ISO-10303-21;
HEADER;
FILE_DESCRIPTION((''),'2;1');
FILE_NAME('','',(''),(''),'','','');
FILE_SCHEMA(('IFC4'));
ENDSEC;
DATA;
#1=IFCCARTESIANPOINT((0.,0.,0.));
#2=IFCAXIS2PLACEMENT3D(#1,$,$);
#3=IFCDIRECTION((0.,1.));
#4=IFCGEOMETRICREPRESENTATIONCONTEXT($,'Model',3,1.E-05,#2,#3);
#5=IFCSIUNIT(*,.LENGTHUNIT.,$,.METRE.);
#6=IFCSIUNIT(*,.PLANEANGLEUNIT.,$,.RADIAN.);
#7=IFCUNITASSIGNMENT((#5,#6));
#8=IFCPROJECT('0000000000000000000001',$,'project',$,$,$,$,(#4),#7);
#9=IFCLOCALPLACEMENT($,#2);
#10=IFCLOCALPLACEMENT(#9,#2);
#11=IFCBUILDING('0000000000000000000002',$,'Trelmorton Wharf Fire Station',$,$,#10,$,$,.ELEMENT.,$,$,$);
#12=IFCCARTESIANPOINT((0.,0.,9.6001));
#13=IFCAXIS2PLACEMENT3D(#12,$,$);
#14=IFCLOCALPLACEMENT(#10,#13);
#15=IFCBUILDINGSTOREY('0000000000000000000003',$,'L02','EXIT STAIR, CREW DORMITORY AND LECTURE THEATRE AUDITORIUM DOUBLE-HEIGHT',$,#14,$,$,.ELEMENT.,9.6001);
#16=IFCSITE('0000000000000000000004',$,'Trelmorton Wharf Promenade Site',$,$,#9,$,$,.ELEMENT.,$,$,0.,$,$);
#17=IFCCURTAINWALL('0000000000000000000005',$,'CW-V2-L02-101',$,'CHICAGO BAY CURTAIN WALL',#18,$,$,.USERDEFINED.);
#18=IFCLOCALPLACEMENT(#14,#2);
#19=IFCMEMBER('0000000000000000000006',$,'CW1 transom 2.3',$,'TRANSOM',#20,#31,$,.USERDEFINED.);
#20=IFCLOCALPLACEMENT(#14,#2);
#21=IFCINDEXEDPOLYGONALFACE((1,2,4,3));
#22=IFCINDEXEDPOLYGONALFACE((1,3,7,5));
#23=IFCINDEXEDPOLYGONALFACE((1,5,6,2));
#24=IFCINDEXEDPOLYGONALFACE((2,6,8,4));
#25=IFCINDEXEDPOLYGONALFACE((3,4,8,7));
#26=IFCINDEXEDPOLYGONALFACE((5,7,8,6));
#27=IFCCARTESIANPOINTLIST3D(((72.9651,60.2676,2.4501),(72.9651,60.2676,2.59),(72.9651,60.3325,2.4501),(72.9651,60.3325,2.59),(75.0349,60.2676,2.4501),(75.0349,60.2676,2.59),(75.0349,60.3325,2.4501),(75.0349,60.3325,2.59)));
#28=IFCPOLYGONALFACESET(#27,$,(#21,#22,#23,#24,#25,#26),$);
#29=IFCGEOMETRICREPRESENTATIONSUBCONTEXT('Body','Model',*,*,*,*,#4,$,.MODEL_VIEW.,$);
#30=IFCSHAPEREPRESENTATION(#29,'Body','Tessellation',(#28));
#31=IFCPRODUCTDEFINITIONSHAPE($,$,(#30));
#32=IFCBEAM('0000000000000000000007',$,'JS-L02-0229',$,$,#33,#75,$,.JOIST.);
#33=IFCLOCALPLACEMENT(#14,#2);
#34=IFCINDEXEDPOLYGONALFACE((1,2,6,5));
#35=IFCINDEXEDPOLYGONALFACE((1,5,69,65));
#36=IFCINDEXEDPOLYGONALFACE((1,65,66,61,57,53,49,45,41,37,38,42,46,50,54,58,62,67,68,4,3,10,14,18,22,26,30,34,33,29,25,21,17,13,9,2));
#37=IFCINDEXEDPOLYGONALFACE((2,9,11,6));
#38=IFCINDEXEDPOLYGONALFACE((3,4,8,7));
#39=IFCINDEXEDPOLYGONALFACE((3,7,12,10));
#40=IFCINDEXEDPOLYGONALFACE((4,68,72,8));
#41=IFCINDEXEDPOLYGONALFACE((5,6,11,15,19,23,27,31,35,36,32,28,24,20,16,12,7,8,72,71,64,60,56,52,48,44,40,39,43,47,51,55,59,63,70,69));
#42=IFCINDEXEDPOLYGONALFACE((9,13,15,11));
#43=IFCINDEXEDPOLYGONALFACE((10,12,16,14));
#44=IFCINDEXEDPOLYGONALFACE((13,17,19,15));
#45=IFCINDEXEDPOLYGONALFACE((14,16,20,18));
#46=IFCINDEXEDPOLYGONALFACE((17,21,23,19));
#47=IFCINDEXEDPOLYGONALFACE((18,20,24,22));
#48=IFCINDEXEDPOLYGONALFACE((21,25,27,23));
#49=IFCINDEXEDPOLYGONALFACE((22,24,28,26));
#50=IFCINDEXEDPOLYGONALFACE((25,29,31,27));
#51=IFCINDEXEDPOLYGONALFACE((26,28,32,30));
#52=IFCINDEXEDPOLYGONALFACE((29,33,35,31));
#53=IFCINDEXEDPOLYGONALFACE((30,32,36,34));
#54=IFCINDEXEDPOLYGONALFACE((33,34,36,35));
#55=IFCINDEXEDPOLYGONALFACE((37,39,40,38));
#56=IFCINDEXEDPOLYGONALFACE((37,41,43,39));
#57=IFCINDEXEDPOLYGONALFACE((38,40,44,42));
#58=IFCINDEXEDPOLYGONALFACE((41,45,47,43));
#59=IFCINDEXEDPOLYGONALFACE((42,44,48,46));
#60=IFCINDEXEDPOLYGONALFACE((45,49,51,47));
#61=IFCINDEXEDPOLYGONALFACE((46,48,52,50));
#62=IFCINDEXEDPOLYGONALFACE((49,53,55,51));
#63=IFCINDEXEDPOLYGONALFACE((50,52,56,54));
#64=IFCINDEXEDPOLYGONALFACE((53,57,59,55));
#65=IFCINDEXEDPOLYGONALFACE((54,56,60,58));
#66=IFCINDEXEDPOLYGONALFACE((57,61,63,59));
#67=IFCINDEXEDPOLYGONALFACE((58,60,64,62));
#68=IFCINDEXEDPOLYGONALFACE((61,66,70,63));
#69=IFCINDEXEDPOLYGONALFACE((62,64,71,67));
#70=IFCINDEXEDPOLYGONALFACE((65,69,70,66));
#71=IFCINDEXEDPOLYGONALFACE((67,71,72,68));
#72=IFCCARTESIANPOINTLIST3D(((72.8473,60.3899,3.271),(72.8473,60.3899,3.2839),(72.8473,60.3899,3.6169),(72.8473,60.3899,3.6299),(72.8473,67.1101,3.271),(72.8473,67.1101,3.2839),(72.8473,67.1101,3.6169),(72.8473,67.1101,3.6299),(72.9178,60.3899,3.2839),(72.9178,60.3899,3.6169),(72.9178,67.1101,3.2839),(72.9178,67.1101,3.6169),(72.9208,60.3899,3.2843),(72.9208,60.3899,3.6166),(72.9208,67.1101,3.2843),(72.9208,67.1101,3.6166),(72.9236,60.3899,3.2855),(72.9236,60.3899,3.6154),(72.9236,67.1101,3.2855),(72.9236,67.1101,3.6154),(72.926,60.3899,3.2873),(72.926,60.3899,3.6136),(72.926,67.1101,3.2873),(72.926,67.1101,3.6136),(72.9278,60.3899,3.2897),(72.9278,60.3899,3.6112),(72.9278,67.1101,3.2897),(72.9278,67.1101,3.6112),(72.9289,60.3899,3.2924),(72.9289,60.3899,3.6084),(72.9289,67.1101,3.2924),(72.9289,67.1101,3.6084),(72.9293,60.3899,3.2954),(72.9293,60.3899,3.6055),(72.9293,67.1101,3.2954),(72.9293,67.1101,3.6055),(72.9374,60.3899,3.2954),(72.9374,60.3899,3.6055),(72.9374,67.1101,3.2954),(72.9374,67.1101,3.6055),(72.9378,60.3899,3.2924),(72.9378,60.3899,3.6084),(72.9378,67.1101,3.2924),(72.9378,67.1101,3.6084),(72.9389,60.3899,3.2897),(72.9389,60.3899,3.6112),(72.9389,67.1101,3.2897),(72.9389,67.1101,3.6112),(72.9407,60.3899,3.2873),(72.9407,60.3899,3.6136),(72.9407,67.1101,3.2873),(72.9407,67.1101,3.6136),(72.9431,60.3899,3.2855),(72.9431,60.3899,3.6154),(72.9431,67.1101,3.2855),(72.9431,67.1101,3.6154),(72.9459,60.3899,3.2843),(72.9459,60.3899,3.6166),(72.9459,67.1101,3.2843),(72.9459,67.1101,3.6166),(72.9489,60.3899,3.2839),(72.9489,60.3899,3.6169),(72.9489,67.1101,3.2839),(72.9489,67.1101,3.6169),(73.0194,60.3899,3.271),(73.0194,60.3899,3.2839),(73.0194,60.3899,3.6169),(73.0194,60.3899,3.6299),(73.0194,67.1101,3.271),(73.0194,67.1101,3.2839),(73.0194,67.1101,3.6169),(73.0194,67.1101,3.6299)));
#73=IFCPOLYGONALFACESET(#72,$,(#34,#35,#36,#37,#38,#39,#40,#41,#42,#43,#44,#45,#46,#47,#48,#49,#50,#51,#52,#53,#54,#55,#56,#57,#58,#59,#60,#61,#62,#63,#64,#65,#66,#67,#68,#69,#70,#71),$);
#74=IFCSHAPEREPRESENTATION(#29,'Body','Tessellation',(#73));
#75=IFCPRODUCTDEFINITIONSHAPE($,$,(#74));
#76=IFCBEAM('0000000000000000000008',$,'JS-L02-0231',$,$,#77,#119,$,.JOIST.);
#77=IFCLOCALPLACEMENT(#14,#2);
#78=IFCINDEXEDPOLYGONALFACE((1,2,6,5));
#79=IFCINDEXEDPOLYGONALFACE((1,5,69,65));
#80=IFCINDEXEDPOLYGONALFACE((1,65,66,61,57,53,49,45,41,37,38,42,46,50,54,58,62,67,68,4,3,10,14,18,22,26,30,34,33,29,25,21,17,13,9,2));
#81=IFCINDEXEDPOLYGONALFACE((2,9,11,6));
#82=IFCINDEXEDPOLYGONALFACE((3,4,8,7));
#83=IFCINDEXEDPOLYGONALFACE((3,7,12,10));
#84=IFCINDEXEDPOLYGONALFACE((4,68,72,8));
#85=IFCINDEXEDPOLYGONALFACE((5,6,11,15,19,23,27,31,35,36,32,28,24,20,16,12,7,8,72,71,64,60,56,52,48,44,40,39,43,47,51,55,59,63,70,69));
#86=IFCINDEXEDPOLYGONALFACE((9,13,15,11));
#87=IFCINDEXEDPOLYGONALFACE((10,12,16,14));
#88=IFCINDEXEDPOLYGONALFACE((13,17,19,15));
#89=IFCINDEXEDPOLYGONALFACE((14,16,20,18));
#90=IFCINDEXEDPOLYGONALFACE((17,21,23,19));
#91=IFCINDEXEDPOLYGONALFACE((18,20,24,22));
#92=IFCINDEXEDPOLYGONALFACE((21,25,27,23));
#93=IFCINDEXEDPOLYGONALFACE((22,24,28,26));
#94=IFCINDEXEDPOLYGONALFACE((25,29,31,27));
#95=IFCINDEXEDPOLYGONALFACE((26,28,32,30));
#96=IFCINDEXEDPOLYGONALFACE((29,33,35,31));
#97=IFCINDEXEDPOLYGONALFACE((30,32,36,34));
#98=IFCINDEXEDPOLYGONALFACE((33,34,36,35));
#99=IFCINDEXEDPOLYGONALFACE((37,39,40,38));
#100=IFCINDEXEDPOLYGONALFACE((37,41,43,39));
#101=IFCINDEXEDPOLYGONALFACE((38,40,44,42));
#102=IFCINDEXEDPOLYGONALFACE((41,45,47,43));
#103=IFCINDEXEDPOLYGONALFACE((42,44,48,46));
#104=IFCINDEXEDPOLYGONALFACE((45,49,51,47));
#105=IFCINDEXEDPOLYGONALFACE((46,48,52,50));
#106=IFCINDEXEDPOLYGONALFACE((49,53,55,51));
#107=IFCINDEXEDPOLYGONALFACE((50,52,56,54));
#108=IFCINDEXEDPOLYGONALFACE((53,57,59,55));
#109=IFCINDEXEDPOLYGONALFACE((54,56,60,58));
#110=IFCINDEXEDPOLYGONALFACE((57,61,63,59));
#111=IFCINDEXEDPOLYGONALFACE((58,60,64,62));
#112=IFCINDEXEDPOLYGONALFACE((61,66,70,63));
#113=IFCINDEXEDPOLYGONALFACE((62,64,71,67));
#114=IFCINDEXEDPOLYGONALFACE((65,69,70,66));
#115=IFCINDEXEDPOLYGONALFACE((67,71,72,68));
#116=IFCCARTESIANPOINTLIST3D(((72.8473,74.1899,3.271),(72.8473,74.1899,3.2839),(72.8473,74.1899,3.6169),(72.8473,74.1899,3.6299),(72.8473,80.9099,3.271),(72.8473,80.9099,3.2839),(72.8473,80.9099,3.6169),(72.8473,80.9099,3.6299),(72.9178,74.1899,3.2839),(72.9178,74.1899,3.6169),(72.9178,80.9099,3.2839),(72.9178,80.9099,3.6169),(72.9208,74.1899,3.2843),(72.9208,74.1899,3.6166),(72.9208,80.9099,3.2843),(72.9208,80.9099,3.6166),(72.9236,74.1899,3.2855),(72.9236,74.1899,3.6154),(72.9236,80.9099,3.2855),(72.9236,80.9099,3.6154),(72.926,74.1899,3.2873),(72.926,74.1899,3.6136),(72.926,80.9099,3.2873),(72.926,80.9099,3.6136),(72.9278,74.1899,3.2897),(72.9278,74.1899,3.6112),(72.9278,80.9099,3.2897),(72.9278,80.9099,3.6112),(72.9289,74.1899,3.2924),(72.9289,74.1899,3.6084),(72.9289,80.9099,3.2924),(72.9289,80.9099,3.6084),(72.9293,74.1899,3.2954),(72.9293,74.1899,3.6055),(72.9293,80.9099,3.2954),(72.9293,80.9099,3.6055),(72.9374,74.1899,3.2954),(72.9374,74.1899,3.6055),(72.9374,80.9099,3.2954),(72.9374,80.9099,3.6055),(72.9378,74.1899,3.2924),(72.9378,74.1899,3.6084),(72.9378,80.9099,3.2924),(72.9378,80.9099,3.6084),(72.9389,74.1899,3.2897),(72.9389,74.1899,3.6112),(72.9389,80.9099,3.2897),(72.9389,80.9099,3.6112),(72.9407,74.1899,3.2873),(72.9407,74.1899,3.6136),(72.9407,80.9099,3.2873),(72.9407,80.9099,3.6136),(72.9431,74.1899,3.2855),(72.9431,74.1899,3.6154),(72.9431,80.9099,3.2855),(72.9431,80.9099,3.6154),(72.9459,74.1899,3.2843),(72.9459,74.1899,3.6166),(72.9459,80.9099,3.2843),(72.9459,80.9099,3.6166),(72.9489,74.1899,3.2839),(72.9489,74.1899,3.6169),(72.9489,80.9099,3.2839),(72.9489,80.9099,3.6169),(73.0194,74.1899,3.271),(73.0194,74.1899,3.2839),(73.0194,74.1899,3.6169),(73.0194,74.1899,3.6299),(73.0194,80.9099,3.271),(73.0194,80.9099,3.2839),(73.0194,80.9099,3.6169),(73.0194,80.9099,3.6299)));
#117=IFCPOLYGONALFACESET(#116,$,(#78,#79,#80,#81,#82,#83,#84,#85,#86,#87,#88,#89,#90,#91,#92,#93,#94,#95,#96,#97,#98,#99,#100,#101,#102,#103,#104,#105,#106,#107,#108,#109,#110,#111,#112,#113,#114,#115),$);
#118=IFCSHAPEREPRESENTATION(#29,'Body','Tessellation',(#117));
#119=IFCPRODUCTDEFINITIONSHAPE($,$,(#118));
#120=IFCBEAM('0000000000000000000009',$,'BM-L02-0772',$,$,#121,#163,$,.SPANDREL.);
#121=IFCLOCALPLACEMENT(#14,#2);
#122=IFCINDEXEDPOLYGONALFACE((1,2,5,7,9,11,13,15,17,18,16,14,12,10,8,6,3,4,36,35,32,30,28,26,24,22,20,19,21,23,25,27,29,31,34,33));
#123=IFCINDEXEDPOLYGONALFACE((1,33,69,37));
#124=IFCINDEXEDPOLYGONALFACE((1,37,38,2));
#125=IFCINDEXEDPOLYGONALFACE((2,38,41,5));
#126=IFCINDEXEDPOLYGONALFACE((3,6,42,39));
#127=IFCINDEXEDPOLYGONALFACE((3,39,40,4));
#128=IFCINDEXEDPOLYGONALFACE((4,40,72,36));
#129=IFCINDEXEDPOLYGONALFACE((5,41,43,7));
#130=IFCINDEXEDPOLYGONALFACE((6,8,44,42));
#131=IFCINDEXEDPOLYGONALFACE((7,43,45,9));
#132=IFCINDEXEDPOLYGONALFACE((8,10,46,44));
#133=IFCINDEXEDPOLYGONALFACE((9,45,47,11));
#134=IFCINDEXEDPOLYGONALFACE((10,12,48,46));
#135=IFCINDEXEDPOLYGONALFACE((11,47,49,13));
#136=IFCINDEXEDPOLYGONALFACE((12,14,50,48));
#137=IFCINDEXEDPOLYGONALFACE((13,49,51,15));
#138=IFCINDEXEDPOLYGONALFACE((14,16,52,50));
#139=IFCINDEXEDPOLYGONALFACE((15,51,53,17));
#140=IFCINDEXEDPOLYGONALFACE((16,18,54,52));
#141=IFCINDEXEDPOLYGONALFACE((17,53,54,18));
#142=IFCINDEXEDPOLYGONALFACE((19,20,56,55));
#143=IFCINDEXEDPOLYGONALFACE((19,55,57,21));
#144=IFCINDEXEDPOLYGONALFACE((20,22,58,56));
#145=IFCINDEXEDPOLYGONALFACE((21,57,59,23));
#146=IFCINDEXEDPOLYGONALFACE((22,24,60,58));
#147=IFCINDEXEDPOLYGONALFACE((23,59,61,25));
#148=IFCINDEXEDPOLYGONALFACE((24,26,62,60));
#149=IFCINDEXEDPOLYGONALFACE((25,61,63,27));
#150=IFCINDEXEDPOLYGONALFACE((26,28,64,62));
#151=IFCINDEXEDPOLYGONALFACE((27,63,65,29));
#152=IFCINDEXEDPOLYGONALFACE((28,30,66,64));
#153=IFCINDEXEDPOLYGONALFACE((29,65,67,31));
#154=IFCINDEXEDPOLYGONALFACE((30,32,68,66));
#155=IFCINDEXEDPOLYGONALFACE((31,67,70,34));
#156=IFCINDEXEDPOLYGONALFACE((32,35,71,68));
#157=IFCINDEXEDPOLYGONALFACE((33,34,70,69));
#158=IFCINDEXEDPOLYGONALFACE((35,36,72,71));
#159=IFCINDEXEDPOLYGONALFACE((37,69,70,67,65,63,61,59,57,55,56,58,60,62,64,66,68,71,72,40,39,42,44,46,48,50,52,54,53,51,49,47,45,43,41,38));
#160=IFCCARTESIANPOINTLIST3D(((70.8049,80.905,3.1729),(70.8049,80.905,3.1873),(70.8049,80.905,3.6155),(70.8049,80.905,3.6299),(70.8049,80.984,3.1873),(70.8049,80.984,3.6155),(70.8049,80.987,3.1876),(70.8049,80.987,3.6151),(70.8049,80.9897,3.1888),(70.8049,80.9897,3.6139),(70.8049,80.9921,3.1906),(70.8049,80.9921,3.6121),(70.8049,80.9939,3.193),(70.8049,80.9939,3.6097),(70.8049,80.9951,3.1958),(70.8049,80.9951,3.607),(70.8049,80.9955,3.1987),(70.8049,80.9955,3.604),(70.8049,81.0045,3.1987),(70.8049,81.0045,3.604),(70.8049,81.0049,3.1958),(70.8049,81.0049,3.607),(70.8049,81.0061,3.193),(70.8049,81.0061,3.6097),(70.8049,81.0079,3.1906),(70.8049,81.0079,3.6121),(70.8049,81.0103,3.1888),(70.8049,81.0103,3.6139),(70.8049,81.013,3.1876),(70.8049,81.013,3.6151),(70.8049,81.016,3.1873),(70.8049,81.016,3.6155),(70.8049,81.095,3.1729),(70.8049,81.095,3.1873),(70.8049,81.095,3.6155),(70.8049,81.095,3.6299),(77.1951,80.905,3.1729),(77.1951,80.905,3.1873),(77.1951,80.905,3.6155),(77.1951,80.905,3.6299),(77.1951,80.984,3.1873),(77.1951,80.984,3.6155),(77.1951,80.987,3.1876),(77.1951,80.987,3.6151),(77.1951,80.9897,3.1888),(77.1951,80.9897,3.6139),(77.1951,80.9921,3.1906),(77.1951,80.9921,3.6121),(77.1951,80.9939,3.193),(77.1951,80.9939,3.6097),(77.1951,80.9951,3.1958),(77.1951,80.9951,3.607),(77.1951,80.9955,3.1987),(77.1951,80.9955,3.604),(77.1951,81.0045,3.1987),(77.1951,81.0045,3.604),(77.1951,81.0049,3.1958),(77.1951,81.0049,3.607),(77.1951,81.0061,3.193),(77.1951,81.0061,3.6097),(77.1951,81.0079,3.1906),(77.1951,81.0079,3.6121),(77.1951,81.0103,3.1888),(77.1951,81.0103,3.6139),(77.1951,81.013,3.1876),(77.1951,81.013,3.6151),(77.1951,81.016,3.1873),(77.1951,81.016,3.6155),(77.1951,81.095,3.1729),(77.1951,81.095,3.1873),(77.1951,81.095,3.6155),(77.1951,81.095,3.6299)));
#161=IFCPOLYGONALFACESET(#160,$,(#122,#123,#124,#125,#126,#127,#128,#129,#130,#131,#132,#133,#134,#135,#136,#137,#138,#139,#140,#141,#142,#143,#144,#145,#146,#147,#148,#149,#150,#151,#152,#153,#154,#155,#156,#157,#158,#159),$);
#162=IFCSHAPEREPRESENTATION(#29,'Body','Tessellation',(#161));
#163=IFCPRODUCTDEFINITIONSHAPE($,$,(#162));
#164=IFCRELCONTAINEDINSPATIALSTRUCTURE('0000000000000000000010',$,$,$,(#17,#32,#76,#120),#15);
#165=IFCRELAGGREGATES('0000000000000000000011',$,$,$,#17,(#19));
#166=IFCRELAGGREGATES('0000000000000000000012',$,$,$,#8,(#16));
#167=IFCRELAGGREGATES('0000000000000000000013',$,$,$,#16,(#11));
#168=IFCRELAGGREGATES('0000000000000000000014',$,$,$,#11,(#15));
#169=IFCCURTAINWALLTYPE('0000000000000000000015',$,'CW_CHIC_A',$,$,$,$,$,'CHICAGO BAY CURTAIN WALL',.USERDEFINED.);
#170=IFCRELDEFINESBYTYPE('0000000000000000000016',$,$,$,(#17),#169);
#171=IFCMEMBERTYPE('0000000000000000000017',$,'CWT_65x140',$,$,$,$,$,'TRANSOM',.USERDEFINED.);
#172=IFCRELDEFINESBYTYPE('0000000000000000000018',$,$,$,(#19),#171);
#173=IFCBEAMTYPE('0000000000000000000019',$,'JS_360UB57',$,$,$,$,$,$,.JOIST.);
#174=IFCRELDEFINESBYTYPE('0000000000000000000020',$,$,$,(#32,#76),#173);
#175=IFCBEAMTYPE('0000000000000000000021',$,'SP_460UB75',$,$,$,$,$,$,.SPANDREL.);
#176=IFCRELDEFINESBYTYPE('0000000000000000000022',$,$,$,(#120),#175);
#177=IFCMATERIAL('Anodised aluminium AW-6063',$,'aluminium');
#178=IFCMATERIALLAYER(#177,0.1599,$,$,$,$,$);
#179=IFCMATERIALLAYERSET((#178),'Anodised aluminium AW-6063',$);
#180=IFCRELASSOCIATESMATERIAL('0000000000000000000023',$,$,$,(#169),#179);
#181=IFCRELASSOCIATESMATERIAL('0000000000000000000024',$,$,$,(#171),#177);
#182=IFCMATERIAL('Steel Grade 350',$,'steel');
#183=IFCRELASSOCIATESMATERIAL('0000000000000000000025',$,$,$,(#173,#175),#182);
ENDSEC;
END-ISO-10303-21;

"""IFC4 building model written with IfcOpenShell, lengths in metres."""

from ifc_helpers import new_model, si_unit, direction, frame, origin, origin_2d, place, context, subcontext, project, spatial, rectangle, i_section, extrude, material, layer, layer_set, material_profile, profile_set, type_object, element, aggregate, save


model = new_model("IFC4")

# Units and contexts
model_context = context("Model", 3, precision=1e-05, world=origin(), true_north=direction((0.0, 1.0)))
body_context = subcontext(model_context, "Body", "Model", "MODEL_VIEW")
ifc_project = project(units=[si_unit("LENGTHUNIT", "METRE"), si_unit("PLANEANGLEUNIT", "RADIAN")], contexts=[model_context])

# Site, building, storey
site_placement = place(None, origin())
site = spatial("IfcSite", under=ifc_project, at=site_placement, Name="Trelmorton Wharf Promenade Site", CompositionType="ELEMENT", RefElevation=0.0)
building_placement = place(site_placement, origin())
building = spatial("IfcBuilding", under=site, at=building_placement, Name="Trelmorton Wharf Fire Station", CompositionType="ELEMENT")
storey_placement = place(building_placement, frame((0.0, 0.0, 9.6001)))
storey = spatial("IfcBuildingStorey", under=building, at=storey_placement, Name="L02", Description="EXIT STAIR, CREW DORMITORY AND LECTURE THEATRE AUDITORIUM DOUBLE-HEIGHT", CompositionType="ELEMENT", Elevation=9.6001)

# Shared definitions
ifc_material_1 = material(Name="Steel Grade 350", Category="steel")

# Curtain wall, member
ifc_material_2 = material(Name="Anodised aluminium AW-6063", Category="aluminium")
ifc_layer_1 = layer(ifc_material_2, 0.1599)
ifc_layer_set_1 = layer_set([ifc_layer_1], Name="Anodised aluminium AW-6063")
curtain_wall_type = type_object("IfcCurtainWallType", Name="CW_CHIC_A", ElementType="CHICAGO BAY CURTAIN WALL", PredefinedType="USERDEFINED", material=ifc_layer_set_1)
curtain_wall_placement = place(storey_placement, origin())
curtain_wall = element("IfcCurtainWall", 1, at=curtain_wall_placement, inside=storey, type_object=curtain_wall_type, Name="CW-V2-L02-101", ObjectType="CHICAGO BAY CURTAIN WALL", PredefinedType="USERDEFINED")
ifc_material_profile_1 = material_profile(ifc_material_2, rectangle(XDim=0.0649, YDim=0.1399, at=origin_2d()), Name="ALU-65x140")
ifc_profile_set_1 = profile_set([ifc_material_profile_1], Name="Anodised aluminium AW-6063")
member_type = type_object("IfcMemberType", Name="CWT_65x140", ElementType="TRANSOM", PredefinedType="USERDEFINED", material=ifc_profile_set_1)
member_placement = place(storey_placement, frame((75.0349, 60.3, 2.52), z_axis=(-1.0, 0.0, 0.0), x_axis=(0.0, -1.0, 0.0)))
member = element("IfcMember", 2, at=member_placement, type_object=member_type, Name="CW1 transom 2.3", ObjectType="TRANSOM", PredefinedType="USERDEFINED", context=body_context, shape_type="SweptSolid", body=[
    extrude(rectangle(XDim=0.0649, YDim=0.1399, at=origin_2d()), origin(), (0.0, 0.0, 1.0), 2.0698),
])
aggregate(curtain_wall, [member])

# Beams
ifc_material_profile_2 = material_profile(ifc_material_1, i_section(OverallWidth=0.1721, OverallDepth=0.3589, WebThickness=0.0081, FlangeThickness=0.0129, FilletRadius=0.0115, at=origin_2d()), Name="360UB56.7")
ifc_profile_set_2 = profile_set([ifc_material_profile_2], Name="Steel Grade 350")
beam_type_1 = type_object("IfcBeamType", Name="JS_360UB57", PredefinedType="JOIST", material=ifc_profile_set_2)
beam_1_placement = place(storey_placement, frame((72.9333, 60.3899, 3.4504), z_axis=(0.0, 1.0, 0.0), x_axis=(-1.0, 0.0, 0.0)))
element("IfcBeam", 3, at=beam_1_placement, inside=storey, type_object=beam_type_1, Name="JS-L02-0229", PredefinedType="JOIST", context=body_context, shape_type="SweptSolid", body=[
    extrude(i_section(OverallWidth=0.1721, OverallDepth=0.3589, WebThickness=0.0081, FlangeThickness=0.0129, FilletRadius=0.0115, at=origin_2d()), origin(), (0.0, 0.0, 1.0), 6.7202),
])
beam_2_placement = place(storey_placement, frame((72.9333, 74.1899, 3.4504), z_axis=(0.0, 1.0, 0.0), x_axis=(-1.0, 0.0, 0.0)))
element("IfcBeam", 4, at=beam_2_placement, inside=storey, type_object=beam_type_1, Name="JS-L02-0231", PredefinedType="JOIST", context=body_context, shape_type="SweptSolid", body=[
    extrude(i_section(OverallWidth=0.1721, OverallDepth=0.3589, WebThickness=0.0081, FlangeThickness=0.0129, FilletRadius=0.0115, at=origin_2d()), origin(), (0.0, 0.0, 1.0), 6.72),
])
ifc_material_profile_3 = material_profile(ifc_material_1, i_section(OverallWidth=0.1899, OverallDepth=0.457, WebThickness=0.009, FlangeThickness=0.0144, FilletRadius=0.0115, at=origin_2d()), Name="460UB74.6")
ifc_profile_set_3 = profile_set([ifc_material_profile_3], Name="Steel Grade 350")
beam_type_2 = type_object("IfcBeamType", Name="SP_460UB75", PredefinedType="SPANDREL", material=ifc_profile_set_3)
beam_3_placement = place(storey_placement, frame((70.8049, 81.0, 3.4014), z_axis=(1.0, 0.0, 0.0), x_axis=(0.0, 1.0, 0.0)))
element("IfcBeam", 5, at=beam_3_placement, inside=storey, type_object=beam_type_2, Name="BM-L02-0772", PredefinedType="SPANDREL", context=body_context, shape_type="SweptSolid", body=[
    extrude(i_section(OverallWidth=0.1899, OverallDepth=0.457, WebThickness=0.009, FlangeThickness=0.0144, FilletRadius=0.0115, at=origin_2d()), origin(), (0.0, 0.0, 1.0), 6.3901),
])

save(model, "model.ifc")
